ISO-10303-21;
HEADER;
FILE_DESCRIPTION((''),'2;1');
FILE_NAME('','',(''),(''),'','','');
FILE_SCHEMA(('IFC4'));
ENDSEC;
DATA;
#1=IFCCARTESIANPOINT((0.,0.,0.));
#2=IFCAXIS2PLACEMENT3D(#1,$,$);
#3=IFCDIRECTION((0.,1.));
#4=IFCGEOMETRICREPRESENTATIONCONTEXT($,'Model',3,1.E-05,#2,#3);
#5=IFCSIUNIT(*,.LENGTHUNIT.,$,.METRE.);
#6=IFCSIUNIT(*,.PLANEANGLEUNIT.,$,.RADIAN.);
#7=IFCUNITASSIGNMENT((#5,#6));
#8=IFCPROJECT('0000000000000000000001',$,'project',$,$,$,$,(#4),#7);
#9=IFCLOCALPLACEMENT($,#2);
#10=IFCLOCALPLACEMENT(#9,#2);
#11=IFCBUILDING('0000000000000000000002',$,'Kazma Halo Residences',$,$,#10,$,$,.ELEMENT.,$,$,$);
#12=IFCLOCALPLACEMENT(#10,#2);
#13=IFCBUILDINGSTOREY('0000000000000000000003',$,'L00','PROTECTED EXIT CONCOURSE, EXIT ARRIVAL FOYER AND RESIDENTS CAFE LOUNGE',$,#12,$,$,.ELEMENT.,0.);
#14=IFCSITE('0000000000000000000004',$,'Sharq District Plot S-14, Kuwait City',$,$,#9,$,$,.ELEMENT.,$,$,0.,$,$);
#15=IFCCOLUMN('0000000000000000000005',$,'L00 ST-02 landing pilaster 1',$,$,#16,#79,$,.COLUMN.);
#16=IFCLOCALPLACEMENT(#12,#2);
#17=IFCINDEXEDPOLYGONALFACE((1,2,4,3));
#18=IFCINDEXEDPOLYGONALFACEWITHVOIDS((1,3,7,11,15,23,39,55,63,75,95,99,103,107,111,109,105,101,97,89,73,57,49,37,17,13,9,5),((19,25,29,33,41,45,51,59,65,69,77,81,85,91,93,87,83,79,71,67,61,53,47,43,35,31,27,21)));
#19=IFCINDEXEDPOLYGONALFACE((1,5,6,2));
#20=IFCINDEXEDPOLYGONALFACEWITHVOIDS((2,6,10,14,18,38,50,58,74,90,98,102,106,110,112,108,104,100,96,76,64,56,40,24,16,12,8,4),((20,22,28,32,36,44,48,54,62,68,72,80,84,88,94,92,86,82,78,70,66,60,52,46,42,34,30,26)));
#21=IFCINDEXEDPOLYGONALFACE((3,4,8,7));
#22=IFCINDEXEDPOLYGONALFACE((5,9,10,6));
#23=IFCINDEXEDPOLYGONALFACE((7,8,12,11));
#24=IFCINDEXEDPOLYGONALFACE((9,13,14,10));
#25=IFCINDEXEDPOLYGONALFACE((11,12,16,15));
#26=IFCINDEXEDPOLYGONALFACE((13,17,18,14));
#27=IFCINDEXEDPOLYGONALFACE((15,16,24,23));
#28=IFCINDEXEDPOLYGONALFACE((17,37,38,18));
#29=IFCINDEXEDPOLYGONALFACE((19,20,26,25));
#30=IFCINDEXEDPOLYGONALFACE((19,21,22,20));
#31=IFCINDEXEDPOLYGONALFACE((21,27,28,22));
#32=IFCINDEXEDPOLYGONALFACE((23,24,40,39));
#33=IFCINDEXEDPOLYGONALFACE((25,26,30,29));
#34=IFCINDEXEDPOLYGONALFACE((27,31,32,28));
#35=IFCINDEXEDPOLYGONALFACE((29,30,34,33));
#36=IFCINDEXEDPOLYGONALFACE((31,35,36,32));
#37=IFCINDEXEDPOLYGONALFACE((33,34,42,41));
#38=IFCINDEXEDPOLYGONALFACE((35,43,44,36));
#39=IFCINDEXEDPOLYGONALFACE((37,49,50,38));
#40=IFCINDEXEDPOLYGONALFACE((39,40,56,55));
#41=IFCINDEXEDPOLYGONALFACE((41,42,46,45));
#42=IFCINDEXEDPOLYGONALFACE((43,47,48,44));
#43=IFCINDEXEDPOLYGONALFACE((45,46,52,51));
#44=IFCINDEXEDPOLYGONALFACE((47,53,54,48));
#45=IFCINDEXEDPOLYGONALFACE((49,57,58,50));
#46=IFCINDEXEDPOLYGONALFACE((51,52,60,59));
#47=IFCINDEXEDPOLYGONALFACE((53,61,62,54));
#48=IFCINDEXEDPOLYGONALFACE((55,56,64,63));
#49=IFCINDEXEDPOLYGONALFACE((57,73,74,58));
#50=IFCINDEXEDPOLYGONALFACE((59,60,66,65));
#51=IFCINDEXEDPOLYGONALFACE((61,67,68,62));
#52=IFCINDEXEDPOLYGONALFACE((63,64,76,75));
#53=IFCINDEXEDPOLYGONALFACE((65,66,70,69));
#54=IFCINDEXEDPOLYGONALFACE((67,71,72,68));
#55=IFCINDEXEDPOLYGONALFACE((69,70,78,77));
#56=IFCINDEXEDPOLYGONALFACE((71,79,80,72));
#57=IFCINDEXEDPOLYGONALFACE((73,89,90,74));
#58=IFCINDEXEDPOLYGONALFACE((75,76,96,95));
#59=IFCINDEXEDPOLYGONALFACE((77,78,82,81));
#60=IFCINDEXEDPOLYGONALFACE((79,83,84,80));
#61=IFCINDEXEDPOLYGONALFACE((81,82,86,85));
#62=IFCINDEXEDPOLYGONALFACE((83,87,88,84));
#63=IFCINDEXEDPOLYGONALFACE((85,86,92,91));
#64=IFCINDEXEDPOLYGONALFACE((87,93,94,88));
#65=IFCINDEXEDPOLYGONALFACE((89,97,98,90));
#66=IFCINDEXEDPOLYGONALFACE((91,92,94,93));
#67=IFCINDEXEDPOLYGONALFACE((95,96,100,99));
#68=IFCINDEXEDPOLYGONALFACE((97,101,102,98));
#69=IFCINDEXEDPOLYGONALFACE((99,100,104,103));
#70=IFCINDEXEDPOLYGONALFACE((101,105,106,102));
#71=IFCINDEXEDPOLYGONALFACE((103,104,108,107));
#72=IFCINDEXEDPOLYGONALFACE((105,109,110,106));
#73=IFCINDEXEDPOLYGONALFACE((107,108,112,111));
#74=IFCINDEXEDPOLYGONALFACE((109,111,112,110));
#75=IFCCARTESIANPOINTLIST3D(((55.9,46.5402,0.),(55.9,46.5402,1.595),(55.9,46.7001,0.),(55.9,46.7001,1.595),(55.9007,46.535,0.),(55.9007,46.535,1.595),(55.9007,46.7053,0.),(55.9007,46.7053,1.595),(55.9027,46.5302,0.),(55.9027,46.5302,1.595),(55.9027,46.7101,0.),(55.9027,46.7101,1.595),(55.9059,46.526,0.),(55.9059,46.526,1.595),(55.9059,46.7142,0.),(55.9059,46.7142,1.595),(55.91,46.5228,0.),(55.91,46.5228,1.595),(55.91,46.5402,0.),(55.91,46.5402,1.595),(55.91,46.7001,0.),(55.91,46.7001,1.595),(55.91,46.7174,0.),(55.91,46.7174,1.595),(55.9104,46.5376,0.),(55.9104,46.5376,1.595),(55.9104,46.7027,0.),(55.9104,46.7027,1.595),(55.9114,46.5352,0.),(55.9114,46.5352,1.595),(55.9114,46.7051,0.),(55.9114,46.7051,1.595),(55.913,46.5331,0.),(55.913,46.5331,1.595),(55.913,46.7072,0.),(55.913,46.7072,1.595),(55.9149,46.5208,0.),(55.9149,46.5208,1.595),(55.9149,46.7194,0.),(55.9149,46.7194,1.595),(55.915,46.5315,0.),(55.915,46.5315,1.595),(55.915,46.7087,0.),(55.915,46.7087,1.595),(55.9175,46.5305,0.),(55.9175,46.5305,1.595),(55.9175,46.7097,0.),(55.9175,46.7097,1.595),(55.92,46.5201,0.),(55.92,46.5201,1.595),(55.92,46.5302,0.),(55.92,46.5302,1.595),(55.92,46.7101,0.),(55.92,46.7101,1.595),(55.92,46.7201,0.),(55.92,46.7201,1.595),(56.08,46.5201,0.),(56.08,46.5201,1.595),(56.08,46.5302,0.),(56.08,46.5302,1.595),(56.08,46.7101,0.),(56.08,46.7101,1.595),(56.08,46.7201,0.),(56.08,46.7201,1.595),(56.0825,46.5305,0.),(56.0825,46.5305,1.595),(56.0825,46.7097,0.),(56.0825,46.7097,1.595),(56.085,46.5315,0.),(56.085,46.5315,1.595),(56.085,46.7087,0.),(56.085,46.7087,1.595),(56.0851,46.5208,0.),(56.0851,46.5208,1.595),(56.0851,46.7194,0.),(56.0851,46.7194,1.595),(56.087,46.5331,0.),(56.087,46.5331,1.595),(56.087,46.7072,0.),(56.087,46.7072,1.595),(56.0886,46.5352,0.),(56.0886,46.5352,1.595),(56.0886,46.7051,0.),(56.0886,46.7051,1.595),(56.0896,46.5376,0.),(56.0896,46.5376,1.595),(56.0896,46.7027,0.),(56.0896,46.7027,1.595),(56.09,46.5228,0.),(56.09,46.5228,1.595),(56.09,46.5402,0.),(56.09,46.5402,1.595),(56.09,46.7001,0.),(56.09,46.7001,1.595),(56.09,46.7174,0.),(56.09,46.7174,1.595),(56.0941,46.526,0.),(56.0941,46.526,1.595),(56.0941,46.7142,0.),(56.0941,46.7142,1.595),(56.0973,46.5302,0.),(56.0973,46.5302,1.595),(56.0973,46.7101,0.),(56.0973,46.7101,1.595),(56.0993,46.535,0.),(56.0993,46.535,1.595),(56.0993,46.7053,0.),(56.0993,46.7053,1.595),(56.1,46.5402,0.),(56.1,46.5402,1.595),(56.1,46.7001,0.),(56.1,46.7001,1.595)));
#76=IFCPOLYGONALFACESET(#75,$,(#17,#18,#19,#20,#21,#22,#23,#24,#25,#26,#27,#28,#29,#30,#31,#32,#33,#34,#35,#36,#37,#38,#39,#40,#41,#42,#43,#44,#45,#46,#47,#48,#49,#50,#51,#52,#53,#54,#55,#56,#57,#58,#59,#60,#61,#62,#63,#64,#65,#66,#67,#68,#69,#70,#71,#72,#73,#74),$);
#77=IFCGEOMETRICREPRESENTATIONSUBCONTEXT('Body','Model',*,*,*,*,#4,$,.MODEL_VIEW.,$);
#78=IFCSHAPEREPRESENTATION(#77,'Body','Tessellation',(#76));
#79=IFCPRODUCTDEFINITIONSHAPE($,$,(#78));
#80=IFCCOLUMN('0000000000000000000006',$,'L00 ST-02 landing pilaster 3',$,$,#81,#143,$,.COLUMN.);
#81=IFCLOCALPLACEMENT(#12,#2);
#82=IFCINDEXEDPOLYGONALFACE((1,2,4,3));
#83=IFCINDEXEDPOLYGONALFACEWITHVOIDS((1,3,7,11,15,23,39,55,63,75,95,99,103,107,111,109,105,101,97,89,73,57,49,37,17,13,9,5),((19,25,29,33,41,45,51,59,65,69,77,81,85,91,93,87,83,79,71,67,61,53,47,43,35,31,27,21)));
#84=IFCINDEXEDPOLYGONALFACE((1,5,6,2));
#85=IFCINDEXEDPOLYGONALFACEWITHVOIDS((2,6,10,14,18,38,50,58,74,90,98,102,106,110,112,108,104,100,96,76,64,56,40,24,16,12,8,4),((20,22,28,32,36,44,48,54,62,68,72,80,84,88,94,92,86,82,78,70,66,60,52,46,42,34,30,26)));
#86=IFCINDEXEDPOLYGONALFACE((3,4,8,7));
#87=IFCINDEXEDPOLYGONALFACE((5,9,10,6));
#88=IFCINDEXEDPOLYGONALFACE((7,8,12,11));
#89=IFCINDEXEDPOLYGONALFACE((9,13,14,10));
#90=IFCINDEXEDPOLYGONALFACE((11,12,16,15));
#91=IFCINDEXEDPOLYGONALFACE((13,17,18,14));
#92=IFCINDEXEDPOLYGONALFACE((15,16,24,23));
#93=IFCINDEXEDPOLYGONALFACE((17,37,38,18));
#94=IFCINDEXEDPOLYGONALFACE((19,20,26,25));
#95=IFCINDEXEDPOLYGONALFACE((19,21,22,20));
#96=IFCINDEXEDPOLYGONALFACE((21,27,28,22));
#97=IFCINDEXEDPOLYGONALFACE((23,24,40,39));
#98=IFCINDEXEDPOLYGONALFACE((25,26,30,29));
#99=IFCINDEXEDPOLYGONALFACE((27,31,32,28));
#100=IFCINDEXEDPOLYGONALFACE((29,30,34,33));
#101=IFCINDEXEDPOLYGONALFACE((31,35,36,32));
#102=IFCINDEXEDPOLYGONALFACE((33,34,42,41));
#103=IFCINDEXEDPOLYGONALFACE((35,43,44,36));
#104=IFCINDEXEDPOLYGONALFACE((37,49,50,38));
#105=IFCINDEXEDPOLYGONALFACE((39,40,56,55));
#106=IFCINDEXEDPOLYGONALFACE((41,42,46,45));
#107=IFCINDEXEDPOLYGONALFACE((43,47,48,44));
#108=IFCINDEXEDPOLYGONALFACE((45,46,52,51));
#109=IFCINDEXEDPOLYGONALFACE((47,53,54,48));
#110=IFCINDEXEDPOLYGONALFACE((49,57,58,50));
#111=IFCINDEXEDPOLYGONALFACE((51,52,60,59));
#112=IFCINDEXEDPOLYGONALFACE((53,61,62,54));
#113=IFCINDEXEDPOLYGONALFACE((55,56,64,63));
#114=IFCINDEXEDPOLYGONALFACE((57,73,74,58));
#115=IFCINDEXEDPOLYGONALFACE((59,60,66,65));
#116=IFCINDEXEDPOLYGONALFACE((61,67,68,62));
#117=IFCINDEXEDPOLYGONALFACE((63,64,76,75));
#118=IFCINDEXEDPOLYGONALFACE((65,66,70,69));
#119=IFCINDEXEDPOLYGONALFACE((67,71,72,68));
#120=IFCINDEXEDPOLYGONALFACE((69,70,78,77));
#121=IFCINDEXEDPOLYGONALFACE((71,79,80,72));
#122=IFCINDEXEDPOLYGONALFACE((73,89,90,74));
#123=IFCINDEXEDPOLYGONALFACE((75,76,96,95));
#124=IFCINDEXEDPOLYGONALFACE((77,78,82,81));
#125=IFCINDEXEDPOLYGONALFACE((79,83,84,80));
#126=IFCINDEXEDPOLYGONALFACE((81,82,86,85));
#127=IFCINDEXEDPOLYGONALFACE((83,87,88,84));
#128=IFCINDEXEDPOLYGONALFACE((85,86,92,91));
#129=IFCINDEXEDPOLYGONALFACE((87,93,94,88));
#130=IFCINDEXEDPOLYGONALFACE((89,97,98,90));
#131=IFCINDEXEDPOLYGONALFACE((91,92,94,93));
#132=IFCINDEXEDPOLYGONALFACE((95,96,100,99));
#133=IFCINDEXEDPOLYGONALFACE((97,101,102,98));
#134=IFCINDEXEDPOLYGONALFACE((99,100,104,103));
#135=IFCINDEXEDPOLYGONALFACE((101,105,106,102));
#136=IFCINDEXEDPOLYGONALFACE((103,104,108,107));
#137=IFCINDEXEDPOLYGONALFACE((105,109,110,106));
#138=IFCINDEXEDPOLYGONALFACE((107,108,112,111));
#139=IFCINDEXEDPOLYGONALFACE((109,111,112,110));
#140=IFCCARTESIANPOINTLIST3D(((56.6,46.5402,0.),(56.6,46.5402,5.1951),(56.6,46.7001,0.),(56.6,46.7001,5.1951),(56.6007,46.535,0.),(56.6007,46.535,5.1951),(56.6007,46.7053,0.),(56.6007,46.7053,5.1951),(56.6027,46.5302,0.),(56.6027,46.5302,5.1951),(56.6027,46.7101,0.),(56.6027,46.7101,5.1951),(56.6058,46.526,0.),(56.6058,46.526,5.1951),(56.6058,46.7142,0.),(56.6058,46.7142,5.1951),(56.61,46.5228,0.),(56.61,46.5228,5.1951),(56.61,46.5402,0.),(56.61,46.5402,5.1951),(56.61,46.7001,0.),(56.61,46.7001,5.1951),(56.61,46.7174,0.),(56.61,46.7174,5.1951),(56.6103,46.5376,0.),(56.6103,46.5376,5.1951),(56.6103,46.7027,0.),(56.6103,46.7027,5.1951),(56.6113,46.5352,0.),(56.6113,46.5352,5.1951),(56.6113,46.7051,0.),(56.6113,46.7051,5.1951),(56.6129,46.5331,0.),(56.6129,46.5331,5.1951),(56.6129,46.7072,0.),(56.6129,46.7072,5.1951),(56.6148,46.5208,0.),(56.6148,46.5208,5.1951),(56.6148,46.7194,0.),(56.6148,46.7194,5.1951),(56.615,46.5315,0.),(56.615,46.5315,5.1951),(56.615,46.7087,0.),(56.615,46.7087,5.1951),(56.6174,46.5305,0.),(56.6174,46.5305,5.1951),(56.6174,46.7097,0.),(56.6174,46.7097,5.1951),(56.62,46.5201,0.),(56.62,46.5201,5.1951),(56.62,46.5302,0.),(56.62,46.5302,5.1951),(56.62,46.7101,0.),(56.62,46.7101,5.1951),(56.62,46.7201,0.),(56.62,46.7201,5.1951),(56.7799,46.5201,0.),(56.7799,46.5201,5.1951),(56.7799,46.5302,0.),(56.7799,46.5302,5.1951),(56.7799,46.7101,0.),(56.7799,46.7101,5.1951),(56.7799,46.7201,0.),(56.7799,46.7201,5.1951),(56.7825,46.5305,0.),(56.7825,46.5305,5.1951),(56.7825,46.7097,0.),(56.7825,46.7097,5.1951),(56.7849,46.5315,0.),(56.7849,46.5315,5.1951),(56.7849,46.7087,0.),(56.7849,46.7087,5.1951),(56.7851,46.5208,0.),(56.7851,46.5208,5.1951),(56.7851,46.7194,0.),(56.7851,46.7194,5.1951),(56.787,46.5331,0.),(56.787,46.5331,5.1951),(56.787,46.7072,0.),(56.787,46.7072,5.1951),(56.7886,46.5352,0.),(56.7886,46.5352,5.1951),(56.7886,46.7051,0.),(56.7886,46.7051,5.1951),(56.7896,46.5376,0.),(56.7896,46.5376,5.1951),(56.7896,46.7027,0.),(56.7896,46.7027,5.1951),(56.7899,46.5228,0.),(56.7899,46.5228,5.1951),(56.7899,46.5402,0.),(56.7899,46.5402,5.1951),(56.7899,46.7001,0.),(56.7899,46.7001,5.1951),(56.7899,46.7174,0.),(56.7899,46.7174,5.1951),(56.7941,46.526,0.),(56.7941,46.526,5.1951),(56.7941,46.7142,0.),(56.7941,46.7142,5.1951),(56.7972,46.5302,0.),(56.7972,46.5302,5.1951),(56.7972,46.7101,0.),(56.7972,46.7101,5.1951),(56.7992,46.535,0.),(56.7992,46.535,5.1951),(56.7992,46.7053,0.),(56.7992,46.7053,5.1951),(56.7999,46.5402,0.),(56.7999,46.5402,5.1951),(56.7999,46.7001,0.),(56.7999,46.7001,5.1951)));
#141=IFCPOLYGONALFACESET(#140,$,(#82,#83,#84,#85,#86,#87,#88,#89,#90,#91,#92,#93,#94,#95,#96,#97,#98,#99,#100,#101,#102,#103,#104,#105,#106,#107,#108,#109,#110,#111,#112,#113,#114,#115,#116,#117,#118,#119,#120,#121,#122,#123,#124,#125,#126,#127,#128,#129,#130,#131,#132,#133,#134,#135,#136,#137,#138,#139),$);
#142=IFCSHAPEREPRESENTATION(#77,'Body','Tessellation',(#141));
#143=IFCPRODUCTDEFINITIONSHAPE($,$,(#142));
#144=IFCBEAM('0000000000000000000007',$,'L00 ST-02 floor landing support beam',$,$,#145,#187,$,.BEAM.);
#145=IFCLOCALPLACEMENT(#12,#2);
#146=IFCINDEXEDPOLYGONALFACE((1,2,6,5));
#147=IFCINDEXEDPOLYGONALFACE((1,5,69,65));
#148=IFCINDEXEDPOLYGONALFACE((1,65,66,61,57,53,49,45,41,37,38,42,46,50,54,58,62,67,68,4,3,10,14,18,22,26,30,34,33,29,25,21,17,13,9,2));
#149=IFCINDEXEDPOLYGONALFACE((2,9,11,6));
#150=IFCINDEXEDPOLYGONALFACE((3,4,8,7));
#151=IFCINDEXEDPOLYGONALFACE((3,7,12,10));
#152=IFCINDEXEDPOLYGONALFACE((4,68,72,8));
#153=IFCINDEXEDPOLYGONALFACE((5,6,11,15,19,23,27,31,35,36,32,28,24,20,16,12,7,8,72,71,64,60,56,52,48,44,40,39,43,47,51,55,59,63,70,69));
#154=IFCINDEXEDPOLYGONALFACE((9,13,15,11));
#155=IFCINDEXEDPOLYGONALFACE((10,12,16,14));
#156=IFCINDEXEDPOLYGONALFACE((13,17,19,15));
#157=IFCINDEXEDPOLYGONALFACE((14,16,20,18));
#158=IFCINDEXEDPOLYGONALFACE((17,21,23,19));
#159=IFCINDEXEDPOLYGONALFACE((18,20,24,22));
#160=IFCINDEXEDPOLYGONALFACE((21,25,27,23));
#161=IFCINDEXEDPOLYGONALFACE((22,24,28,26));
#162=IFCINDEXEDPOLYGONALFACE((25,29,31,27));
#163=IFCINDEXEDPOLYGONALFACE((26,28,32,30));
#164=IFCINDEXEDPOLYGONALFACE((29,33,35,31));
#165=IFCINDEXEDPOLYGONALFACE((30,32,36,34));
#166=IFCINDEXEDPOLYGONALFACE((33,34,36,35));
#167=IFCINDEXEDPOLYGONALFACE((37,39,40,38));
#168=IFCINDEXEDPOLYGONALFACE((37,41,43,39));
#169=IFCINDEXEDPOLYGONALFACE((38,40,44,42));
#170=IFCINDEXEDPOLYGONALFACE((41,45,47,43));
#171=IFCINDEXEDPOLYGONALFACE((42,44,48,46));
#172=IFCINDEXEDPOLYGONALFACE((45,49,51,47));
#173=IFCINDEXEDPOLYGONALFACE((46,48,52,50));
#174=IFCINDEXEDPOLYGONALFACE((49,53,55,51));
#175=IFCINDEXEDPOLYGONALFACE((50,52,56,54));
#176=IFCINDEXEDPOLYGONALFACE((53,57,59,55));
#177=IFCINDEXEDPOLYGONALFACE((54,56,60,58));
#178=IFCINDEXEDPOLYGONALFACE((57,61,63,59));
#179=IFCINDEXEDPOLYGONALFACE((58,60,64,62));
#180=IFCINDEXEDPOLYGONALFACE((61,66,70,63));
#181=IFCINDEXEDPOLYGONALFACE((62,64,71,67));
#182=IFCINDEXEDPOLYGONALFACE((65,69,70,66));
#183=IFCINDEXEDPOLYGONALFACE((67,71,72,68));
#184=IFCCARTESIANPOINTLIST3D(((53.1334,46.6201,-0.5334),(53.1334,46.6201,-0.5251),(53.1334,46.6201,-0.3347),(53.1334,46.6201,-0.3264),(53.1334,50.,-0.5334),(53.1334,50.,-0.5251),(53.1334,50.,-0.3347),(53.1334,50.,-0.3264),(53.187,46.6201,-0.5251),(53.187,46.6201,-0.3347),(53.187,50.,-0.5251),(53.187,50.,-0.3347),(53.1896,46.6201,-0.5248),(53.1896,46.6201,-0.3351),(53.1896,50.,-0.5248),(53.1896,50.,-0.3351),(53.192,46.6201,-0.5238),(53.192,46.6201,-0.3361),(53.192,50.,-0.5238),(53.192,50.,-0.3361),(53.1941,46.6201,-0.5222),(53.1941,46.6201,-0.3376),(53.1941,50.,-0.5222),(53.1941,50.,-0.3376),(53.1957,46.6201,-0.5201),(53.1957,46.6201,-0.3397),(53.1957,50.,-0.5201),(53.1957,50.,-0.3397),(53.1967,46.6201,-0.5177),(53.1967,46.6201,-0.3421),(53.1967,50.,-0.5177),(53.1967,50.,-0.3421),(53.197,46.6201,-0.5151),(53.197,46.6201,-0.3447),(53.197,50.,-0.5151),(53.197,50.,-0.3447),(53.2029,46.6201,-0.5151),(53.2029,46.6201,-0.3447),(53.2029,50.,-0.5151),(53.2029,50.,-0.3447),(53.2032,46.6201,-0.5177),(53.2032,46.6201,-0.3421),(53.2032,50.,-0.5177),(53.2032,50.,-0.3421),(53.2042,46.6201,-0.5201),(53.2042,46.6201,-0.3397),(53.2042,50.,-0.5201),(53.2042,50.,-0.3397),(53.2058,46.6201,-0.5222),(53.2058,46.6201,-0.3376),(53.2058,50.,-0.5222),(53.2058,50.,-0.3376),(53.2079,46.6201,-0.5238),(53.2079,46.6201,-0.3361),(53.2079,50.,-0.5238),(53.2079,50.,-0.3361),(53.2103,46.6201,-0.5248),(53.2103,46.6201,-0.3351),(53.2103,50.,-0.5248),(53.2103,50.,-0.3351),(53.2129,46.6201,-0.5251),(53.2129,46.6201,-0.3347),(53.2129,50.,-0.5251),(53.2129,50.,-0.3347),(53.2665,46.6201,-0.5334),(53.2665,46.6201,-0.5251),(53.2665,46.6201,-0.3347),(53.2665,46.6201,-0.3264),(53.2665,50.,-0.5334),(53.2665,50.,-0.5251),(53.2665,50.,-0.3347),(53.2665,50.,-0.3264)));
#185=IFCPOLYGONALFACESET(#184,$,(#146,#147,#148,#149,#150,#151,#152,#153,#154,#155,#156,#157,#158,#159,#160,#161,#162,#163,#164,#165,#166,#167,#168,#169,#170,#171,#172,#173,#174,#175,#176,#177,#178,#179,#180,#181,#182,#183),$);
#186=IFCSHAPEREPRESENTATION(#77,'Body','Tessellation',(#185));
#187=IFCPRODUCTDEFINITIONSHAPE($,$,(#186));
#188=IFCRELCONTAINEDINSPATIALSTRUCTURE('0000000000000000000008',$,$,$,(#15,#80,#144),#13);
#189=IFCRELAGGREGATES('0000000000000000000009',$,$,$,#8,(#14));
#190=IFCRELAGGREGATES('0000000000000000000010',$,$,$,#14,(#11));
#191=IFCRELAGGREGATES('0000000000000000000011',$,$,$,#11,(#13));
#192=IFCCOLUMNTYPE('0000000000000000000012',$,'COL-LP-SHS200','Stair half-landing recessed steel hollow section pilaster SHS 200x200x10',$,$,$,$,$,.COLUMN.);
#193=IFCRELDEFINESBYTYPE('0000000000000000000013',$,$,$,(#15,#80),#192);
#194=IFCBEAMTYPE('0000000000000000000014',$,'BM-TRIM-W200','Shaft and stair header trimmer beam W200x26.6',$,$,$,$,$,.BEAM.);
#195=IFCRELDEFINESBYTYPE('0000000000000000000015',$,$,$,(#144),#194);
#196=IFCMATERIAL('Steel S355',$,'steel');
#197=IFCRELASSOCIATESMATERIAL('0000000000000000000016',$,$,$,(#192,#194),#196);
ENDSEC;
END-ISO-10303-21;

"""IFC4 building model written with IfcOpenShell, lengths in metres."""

from ifc_helpers import new_model, si_unit, direction, frame, origin, origin_2d, place, context, subcontext, project, spatial, hollow_rectangle, i_section, extrude, material, material_profile, profile_set, type_object, element, save


model = new_model("IFC4")

# Units and contexts
model_context = context("Model", 3, precision=1e-05, world=origin(), true_north=direction((0.0, 1.0)))
body_context = subcontext(model_context, "Body", "Model", "MODEL_VIEW")
ifc_project = project(units=[si_unit("LENGTHUNIT", "METRE"), si_unit("PLANEANGLEUNIT", "RADIAN")], contexts=[model_context])

# Site, building, storey
site_placement = place(None, origin())
site = spatial("IfcSite", under=ifc_project, at=site_placement, Name="Sharq District Plot S-14, Kuwait City", CompositionType="ELEMENT", RefElevation=0.0)
building_placement = place(site_placement, origin())
building = spatial("IfcBuilding", under=site, at=building_placement, Name="Kazma Halo Residences", CompositionType="ELEMENT")
storey_placement = place(building_placement, origin())
storey = spatial("IfcBuildingStorey", under=building, at=storey_placement, Name="L00", Description="PROTECTED EXIT CONCOURSE, EXIT ARRIVAL FOYER AND RESIDENTS CAFE LOUNGE", CompositionType="ELEMENT", Elevation=0.0)

# Columns
ifc_material_1 = material(Name="Steel S355", Category="steel")
ifc_material_profile_1 = material_profile(ifc_material_1, hollow_rectangle(XDim=0.2, YDim=0.2, WallThickness=0.01, InnerFilletRadius=0.01, OuterFilletRadius=0.02, at=origin_2d()), Name="SHS200x200x10")
ifc_profile_set_1 = profile_set([ifc_material_profile_1], Name="Steel S355")
column_type = type_object("IfcColumnType", Name="COL-LP-SHS200", Description="Stair half-landing recessed steel hollow section pilaster SHS 200x200x10", PredefinedType="COLUMN", material=ifc_profile_set_1)
column_1_placement = place(storey_placement, frame((56.0, 46.6201, 0.0), z_axis=(0.0, 0.0, 1.0), x_axis=(1.0, 0.0, 0.0)))
element("IfcColumn", 1, at=column_1_placement, inside=storey, type_object=column_type, Name="L00 ST-02 landing pilaster 1", PredefinedType="COLUMN", context=body_context, shape_type="SweptSolid", body=[
    extrude(hollow_rectangle(XDim=0.2, YDim=0.2, WallThickness=0.01, InnerFilletRadius=0.01, OuterFilletRadius=0.02, at=origin_2d()), origin(), (0.0, 0.0, 1.0), 1.595),
])
column_2_placement = place(storey_placement, frame((56.7, 46.6201, 0.0), z_axis=(0.0, 0.0, 1.0), x_axis=(1.0, 0.0, 0.0)))
element("IfcColumn", 2, at=column_2_placement, inside=storey, type_object=column_type, Name="L00 ST-02 landing pilaster 3", PredefinedType="COLUMN", context=body_context, shape_type="SweptSolid", body=[
    extrude(hollow_rectangle(XDim=0.2, YDim=0.2, WallThickness=0.01, InnerFilletRadius=0.01, OuterFilletRadius=0.02, at=origin_2d()), origin(), (0.0, 0.0, 1.0), 5.1951),
])

# Beam
ifc_material_profile_2 = material_profile(ifc_material_1, i_section(OverallWidth=0.1331, OverallDepth=0.207, WebThickness=0.0059, FlangeThickness=0.0083, FilletRadius=0.01, at=origin_2d()), Name="W200x26.6")
ifc_profile_set_2 = profile_set([ifc_material_profile_2], Name="Steel S355")
beam_type = type_object("IfcBeamType", Name="BM-TRIM-W200", Description="Shaft and stair header trimmer beam W200x26.6", PredefinedType="BEAM", material=ifc_profile_set_2)
beam_1_placement = place(storey_placement, frame((53.2, 46.6201, -0.4299), z_axis=(0.0, 1.0, 0.0), x_axis=(-1.0, 0.0, 0.0)))
element("IfcBeam", 3, at=beam_1_placement, inside=storey, type_object=beam_type, Name="L00 ST-02 floor landing support beam", PredefinedType="BEAM", context=body_context, shape_type="SweptSolid", body=[
    extrude(i_section(OverallWidth=0.1331, OverallDepth=0.207, WebThickness=0.0059, FlangeThickness=0.0083, FilletRadius=0.01, at=origin_2d()), origin(), (0.0, 0.0, 1.0), 3.3799),
])

save(model, "model.ifc")
